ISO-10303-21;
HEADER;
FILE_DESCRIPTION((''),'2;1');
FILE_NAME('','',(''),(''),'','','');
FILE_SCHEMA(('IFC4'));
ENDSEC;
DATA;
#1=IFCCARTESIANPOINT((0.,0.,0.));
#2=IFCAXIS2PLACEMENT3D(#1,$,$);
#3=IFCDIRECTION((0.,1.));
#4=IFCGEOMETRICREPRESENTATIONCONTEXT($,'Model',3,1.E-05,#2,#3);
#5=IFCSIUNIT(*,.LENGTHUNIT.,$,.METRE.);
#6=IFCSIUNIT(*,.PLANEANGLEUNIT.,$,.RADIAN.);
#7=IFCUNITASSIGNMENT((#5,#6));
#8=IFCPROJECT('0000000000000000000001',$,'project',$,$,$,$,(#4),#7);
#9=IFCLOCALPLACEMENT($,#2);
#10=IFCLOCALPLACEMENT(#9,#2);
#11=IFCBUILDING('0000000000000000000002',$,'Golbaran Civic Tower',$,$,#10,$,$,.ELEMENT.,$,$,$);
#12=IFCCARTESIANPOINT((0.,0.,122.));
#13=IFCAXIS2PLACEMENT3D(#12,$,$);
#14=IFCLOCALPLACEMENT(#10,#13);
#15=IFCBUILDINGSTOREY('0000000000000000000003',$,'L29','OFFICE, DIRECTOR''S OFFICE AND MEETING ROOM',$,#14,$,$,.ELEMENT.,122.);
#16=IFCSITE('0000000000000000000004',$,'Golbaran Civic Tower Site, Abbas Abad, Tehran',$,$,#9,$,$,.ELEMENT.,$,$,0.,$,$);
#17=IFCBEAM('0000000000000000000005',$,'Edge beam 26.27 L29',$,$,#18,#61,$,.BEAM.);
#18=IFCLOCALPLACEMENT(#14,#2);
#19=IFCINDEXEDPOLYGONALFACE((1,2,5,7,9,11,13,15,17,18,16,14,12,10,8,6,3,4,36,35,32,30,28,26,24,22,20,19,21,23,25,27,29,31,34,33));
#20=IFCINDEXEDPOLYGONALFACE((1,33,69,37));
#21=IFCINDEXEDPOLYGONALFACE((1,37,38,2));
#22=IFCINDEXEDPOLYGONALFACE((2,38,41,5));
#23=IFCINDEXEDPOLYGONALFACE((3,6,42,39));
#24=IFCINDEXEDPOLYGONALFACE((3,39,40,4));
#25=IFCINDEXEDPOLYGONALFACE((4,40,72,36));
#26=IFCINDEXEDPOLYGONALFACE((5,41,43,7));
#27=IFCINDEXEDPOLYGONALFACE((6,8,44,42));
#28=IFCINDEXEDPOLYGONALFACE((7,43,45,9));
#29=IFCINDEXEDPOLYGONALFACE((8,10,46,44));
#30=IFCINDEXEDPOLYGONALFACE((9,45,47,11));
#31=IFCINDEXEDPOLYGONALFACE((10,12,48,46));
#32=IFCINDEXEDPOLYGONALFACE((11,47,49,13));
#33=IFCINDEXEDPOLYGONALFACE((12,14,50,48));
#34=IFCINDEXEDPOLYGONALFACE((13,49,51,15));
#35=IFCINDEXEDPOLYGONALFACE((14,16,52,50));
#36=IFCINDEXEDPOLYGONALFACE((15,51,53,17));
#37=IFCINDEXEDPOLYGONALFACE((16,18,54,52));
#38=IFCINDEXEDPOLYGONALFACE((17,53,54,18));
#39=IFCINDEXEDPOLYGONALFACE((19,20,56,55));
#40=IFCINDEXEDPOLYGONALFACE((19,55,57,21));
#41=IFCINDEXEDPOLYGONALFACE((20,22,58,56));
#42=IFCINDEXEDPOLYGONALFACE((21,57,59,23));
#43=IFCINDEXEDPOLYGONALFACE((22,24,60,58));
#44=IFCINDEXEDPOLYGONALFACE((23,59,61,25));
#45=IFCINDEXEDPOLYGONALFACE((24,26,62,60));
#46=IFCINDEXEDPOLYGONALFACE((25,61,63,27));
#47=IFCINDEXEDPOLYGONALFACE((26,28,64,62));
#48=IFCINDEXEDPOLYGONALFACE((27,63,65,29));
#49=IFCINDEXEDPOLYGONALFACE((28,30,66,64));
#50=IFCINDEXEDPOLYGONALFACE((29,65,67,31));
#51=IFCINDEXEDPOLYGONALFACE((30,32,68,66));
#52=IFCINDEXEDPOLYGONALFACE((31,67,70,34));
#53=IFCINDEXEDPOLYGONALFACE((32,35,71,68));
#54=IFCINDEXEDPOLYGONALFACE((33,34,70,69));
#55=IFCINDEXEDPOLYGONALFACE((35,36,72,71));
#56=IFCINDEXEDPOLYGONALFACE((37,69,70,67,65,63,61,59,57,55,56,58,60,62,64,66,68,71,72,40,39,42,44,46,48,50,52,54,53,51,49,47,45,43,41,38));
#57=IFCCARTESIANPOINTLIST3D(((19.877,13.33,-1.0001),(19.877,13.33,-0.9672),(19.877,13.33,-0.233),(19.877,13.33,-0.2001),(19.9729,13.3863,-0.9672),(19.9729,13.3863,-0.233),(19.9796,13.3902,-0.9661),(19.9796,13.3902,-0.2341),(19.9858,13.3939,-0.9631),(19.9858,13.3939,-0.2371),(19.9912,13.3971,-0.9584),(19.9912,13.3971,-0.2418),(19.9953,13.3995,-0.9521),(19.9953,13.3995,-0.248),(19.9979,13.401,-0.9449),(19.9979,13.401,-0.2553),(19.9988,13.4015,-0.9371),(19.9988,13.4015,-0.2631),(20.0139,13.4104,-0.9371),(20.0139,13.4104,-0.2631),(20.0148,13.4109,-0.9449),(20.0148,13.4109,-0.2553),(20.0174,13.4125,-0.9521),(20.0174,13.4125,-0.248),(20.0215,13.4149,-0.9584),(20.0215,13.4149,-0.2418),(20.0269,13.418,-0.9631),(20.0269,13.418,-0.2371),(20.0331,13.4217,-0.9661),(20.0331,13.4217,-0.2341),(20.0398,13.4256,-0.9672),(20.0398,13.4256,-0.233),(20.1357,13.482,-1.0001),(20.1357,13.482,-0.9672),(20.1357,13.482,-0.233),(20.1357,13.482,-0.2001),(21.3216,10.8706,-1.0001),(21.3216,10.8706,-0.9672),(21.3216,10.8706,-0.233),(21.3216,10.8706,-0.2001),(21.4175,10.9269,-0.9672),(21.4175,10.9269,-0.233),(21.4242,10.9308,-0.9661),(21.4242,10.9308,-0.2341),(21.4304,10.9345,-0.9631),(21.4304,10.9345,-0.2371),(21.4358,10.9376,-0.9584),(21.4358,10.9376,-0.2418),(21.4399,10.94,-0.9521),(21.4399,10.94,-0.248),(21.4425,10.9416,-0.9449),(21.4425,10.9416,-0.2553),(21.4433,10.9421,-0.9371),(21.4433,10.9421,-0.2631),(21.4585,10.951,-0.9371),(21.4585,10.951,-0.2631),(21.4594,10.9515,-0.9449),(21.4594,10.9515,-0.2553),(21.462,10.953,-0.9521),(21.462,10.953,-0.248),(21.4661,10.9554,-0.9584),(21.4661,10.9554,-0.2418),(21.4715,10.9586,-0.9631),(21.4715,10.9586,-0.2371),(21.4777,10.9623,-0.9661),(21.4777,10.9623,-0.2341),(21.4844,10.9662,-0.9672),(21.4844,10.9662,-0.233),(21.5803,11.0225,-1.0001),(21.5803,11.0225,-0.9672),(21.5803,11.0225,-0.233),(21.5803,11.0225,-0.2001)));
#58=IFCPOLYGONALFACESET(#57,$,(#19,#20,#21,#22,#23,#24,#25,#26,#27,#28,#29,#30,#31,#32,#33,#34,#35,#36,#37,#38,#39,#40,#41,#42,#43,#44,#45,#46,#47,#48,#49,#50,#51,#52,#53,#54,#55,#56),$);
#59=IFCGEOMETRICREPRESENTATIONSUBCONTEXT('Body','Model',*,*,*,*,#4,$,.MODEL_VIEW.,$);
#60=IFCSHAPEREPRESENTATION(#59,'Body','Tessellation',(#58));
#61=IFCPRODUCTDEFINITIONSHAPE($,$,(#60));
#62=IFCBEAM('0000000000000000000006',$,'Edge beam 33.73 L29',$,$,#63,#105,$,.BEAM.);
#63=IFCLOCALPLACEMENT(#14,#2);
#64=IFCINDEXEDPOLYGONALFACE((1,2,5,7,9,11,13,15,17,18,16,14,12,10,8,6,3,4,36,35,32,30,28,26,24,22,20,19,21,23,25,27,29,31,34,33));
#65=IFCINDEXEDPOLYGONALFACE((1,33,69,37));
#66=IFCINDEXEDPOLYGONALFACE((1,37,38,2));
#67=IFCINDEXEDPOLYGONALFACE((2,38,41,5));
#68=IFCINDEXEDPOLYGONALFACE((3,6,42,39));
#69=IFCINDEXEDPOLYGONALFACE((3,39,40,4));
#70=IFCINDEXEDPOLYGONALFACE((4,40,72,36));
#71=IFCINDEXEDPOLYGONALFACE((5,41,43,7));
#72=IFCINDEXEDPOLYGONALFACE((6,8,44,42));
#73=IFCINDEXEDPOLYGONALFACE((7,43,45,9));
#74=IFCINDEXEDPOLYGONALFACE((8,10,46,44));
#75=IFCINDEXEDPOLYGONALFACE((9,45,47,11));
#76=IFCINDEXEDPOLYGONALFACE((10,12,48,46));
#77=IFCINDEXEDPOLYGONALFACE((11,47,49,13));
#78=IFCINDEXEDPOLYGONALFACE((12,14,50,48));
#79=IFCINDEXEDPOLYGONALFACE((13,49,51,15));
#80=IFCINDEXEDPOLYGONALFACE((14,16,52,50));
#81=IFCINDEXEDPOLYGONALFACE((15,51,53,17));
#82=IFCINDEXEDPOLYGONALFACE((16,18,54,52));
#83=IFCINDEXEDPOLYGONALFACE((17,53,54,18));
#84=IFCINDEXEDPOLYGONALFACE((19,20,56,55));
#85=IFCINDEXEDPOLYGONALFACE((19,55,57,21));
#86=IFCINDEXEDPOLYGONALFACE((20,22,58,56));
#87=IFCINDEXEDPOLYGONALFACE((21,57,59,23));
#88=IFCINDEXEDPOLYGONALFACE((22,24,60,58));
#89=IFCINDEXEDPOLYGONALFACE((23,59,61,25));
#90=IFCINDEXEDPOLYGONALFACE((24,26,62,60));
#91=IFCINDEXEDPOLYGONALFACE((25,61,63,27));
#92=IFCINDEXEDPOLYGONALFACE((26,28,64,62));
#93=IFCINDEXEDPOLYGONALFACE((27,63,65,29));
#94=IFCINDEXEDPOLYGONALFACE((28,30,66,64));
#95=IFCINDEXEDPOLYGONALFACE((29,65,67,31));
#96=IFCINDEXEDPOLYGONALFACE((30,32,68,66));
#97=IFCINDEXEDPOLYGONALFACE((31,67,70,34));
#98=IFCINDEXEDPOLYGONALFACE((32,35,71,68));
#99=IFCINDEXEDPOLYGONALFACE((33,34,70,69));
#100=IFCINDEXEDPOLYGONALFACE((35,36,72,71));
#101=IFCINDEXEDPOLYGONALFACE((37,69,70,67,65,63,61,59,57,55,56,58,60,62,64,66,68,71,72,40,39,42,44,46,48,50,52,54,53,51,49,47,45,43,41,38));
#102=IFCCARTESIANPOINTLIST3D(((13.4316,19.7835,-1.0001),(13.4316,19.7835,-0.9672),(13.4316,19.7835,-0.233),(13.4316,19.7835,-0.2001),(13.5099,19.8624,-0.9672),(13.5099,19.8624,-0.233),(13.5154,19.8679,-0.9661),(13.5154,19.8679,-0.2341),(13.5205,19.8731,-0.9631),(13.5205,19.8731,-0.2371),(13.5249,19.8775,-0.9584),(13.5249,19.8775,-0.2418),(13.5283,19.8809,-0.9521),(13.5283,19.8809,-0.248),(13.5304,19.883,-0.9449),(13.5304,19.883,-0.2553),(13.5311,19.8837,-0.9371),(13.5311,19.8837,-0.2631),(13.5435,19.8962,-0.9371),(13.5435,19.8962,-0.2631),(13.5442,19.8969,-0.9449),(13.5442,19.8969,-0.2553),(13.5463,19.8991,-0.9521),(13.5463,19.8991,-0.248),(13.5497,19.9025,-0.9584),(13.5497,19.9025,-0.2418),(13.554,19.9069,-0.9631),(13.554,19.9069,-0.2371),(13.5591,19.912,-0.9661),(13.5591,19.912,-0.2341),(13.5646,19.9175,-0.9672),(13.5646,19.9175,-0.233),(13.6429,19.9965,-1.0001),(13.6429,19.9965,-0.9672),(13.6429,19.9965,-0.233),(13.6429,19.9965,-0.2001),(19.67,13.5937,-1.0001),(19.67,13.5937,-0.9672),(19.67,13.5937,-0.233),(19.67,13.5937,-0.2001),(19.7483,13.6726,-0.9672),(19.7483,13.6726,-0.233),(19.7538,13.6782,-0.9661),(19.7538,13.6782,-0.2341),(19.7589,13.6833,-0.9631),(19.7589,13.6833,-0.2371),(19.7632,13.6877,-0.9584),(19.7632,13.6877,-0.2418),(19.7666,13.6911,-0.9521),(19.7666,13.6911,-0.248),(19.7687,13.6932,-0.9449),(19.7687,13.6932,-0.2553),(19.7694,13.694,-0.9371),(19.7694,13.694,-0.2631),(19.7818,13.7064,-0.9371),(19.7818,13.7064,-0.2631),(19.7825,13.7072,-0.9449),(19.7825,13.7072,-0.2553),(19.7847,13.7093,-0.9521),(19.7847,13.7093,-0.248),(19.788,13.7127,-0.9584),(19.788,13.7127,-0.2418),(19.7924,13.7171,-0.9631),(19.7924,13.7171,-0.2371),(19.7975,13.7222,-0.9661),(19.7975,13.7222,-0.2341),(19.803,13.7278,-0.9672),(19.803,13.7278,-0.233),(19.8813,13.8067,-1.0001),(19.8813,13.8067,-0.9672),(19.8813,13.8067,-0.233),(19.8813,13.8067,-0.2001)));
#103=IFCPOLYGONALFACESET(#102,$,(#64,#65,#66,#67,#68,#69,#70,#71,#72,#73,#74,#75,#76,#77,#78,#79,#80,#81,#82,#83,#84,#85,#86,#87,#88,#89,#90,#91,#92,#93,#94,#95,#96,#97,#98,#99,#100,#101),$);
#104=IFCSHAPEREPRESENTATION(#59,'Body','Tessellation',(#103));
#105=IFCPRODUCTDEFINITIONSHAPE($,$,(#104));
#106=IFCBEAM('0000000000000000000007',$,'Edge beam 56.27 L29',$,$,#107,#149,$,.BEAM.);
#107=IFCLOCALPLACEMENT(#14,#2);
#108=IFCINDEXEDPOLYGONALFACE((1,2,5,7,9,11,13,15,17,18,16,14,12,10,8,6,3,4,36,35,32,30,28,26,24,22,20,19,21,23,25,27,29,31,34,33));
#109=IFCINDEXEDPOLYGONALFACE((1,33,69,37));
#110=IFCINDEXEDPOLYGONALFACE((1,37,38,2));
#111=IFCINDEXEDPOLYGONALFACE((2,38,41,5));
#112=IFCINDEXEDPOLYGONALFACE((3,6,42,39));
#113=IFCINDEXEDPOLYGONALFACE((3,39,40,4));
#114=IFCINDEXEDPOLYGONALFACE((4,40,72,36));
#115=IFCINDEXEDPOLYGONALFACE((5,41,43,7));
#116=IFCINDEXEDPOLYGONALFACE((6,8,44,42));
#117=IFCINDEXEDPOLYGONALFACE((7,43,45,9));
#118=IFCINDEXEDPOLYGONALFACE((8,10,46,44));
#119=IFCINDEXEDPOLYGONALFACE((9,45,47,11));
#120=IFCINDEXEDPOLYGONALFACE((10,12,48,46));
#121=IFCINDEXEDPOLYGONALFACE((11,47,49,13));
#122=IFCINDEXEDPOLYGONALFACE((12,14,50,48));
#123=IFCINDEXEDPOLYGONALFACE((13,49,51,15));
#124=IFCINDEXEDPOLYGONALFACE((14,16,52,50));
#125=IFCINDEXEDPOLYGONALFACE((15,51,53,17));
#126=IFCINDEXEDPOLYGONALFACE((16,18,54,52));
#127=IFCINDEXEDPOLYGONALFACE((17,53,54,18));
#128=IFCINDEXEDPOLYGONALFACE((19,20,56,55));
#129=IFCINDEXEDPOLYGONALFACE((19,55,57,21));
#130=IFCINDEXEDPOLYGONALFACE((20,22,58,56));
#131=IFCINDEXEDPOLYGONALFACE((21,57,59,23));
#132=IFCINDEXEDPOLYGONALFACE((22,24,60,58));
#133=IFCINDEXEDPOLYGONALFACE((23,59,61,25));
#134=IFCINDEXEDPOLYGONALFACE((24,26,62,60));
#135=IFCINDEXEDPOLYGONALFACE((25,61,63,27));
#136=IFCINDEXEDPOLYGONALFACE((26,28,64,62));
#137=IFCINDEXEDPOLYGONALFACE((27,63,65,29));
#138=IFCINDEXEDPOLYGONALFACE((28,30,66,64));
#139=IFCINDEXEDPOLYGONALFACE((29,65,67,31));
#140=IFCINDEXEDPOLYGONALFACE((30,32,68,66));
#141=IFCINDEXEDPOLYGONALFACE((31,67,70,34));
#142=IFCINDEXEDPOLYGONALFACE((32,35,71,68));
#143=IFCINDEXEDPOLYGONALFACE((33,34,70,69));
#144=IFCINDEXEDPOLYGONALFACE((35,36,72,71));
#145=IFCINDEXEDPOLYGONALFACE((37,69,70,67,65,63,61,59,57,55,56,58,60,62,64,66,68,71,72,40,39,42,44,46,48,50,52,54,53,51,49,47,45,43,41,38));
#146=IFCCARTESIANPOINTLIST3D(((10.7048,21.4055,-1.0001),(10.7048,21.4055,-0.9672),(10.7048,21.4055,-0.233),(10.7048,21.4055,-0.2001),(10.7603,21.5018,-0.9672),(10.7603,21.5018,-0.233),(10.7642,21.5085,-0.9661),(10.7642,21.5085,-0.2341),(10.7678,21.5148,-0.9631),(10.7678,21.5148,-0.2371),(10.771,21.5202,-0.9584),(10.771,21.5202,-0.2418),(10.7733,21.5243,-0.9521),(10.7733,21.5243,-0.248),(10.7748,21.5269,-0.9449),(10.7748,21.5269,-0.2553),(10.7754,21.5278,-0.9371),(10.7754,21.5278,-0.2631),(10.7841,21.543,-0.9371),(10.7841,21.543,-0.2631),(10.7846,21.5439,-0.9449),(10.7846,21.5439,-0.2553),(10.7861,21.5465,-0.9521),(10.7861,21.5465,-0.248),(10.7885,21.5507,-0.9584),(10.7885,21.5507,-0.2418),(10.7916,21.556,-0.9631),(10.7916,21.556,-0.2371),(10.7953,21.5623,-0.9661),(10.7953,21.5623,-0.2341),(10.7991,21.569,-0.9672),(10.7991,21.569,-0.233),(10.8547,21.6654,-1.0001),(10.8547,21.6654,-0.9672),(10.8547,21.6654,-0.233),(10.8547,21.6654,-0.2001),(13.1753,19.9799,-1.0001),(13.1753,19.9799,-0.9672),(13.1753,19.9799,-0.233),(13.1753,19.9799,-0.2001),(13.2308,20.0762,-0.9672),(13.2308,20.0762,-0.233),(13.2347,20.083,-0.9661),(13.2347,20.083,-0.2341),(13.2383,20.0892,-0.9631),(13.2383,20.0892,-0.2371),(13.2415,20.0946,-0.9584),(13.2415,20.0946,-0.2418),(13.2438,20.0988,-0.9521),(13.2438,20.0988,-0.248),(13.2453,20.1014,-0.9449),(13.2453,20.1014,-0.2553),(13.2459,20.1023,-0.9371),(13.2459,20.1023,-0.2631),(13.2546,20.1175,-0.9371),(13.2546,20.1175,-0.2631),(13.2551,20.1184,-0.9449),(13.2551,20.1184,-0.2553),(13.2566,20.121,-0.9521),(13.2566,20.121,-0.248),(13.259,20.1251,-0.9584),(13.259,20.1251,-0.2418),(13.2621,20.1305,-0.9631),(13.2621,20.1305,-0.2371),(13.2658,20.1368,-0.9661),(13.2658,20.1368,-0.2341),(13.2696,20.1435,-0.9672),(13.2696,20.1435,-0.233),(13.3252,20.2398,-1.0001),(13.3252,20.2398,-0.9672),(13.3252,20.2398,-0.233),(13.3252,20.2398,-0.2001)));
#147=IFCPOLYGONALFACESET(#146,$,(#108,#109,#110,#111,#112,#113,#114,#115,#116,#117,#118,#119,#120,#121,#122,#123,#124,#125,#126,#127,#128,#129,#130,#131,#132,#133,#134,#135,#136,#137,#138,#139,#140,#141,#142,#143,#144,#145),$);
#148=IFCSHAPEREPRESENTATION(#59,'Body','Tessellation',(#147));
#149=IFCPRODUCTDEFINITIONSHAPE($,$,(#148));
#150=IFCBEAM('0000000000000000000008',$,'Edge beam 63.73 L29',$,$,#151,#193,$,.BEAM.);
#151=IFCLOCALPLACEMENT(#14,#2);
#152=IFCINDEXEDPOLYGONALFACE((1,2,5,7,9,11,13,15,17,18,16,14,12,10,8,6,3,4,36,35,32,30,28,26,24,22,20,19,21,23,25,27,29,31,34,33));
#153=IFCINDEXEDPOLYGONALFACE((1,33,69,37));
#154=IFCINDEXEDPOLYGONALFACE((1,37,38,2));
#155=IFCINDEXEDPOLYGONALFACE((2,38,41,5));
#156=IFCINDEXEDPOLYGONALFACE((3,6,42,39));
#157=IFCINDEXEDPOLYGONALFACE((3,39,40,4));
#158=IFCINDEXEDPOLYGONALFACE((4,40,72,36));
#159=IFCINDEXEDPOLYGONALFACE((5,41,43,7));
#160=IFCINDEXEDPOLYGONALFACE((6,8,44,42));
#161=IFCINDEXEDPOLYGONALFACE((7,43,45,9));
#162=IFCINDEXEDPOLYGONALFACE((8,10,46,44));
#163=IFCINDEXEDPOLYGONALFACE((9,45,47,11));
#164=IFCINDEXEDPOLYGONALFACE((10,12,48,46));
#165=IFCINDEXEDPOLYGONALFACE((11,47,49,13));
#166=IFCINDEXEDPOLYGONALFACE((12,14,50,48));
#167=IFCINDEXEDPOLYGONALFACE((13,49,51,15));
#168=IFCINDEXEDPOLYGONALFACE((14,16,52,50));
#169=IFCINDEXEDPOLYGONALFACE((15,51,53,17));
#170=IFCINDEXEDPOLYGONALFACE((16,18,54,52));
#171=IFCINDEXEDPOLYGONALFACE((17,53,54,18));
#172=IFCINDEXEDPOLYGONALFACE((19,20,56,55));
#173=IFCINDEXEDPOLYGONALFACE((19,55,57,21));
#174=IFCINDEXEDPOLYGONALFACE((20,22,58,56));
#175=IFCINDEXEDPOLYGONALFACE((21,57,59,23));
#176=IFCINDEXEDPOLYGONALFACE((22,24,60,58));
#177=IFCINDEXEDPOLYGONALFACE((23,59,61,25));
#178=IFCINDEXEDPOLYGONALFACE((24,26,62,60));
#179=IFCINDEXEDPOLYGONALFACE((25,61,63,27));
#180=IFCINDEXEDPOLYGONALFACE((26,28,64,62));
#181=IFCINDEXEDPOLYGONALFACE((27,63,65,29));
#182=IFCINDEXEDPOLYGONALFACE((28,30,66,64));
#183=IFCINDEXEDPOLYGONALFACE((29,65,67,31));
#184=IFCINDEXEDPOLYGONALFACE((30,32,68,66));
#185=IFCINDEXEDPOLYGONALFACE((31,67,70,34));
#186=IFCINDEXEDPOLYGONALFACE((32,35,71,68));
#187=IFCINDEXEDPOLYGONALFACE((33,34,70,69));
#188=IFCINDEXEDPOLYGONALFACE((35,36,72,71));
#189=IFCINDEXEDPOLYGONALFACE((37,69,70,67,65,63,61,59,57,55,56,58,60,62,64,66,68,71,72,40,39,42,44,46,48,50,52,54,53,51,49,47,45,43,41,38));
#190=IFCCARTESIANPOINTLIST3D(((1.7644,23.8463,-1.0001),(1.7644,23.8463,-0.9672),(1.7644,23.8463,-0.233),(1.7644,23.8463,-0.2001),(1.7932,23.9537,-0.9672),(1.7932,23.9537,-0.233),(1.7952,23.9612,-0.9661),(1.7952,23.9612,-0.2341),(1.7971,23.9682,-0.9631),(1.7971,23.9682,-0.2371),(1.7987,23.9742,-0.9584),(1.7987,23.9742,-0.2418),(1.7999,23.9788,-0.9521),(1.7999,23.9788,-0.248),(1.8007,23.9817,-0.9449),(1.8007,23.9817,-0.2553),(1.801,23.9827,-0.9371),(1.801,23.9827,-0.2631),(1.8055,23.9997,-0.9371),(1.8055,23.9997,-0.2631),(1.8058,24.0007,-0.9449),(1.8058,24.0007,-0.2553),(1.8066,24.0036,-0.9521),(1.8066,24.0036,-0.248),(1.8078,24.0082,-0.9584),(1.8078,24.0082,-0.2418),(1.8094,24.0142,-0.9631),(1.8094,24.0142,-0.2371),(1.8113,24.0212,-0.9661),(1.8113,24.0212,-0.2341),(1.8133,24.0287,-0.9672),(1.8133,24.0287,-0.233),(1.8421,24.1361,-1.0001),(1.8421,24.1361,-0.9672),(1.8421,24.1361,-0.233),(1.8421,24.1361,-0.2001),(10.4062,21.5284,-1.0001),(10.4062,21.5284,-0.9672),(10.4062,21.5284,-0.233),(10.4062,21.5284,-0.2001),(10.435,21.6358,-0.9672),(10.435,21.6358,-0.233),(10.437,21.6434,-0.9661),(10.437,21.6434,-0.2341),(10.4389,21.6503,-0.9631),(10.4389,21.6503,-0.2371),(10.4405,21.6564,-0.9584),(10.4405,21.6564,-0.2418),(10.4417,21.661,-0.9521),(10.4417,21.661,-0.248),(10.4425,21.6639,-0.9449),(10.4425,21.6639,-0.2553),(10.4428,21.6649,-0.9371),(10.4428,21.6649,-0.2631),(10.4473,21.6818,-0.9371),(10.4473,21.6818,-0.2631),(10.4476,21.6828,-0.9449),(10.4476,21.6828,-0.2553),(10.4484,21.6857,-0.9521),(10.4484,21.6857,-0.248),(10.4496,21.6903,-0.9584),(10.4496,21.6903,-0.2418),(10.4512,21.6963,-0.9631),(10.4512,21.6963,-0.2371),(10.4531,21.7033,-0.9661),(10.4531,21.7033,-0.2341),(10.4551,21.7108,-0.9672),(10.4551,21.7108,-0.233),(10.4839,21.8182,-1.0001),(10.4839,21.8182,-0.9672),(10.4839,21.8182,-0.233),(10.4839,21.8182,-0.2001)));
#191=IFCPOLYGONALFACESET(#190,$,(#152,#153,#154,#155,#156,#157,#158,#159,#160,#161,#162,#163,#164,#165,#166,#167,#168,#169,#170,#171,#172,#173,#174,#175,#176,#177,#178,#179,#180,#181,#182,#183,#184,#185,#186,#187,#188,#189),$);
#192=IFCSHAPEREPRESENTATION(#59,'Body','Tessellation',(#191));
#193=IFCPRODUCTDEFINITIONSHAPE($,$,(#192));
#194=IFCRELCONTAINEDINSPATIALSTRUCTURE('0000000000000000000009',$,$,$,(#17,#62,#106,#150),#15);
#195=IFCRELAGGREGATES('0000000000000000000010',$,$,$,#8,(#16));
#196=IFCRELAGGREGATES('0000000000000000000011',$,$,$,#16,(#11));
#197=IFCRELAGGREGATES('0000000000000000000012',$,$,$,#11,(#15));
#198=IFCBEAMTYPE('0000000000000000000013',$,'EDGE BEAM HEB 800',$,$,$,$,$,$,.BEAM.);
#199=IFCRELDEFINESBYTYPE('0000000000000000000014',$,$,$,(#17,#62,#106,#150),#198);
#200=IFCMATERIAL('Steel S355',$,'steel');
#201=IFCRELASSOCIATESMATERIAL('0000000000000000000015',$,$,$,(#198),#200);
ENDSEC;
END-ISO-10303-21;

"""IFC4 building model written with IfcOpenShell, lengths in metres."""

from ifc_helpers import new_model, si_unit, direction, frame, origin, origin_2d, place, context, subcontext, project, spatial, i_section, extrude, material, material_profile, profile_set, type_object, element, save


model = new_model("IFC4")

# Units and contexts
model_context = context("Model", 3, precision=1e-05, world=origin(), true_north=direction((0.0, 1.0)))
body_context = subcontext(model_context, "Body", "Model", "MODEL_VIEW")
ifc_project = project(units=[si_unit("LENGTHUNIT", "METRE"), si_unit("PLANEANGLEUNIT", "RADIAN")], contexts=[model_context])

# Site, building, storey
site_placement = place(None, origin())
site = spatial("IfcSite", under=ifc_project, at=site_placement, Name="Golbaran Civic Tower Site, Abbas Abad, Tehran", CompositionType="ELEMENT", RefElevation=0.0)
building_placement = place(site_placement, origin())
building = spatial("IfcBuilding", under=site, at=building_placement, Name="Golbaran Civic Tower", CompositionType="ELEMENT")
storey_placement = place(building_placement, frame((0.0, 0.0, 122.0)))
storey = spatial("IfcBuildingStorey", under=building, at=storey_placement, Name="L29", Description="OFFICE, DIRECTOR'S OFFICE AND MEETING ROOM", CompositionType="ELEMENT", Elevation=122.0)

# Beams
ifc_material_1 = material(Name="Steel S355", Category="steel")
ifc_material_profile_1 = material_profile(ifc_material_1, i_section(OverallWidth=0.3, OverallDepth=0.8, WebThickness=0.0176, FlangeThickness=0.033, FilletRadius=0.03, at=origin_2d()), Name="HEB 800")
ifc_profile_set_1 = profile_set([ifc_material_profile_1], Name="Steel S355")
beam_type_1 = type_object("IfcBeamType", Name="EDGE BEAM HEB 800", PredefinedType="BEAM", material=ifc_profile_set_1)
beam_1_placement = place(storey_placement, frame((21.4509, 10.9465, -0.6001), z_axis=(-0.506455, 0.862266, 0.0), x_axis=(-0.862266, -0.506455, 0.0)))
element("IfcBeam", 1, at=beam_1_placement, inside=storey, type_object=beam_type_1, Name="Edge beam 26.27 L29", PredefinedType="BEAM", context=body_context, shape_type="SweptSolid", body=[
    extrude(i_section(OverallWidth=0.3, OverallDepth=0.8, WebThickness=0.0176, FlangeThickness=0.033, FilletRadius=0.03, at=origin_2d()), origin(), (0.0, 0.0, 1.0), 2.8523),
])
beam_2_placement = place(storey_placement, frame((19.7756, 13.7002, -0.6001), z_axis=(-0.709866, 0.704337, 0.0), x_axis=(-0.704337, -0.709866, 0.0)))
element("IfcBeam", 2, at=beam_2_placement, inside=storey, type_object=beam_type_1, Name="Edge beam 33.73 L29", PredefinedType="BEAM", context=body_context, shape_type="SweptSolid", body=[
    extrude(i_section(OverallWidth=0.3, OverallDepth=0.8, WebThickness=0.0176, FlangeThickness=0.033, FilletRadius=0.03, at=origin_2d()), origin(), (0.0, 0.0, 1.0), 8.7881),
])
beam_3_placement = place(storey_placement, frame((13.2502, 20.1099, -0.6001), z_axis=(-0.866144, 0.499794, 0.0), x_axis=(-0.499794, -0.866144, 0.0)))
element("IfcBeam", 3, at=beam_3_placement, inside=storey, type_object=beam_type_1, Name="Edge beam 56.27 L29", PredefinedType="BEAM", context=body_context, shape_type="SweptSolid", body=[
    extrude(i_section(OverallWidth=0.3, OverallDepth=0.8, WebThickness=0.0176, FlangeThickness=0.033, FilletRadius=0.03, at=origin_2d()), origin(), (0.0, 0.0, 1.0), 2.8523),
])
beam_4_placement = place(storey_placement, frame((10.4451, 21.6733, -0.6001), z_axis=(-0.965862, 0.259058, 0.0), x_axis=(-0.259058, -0.965862, 0.0)))
element("IfcBeam", 4, at=beam_4_placement, inside=storey, type_object=beam_type_1, Name="Edge beam 63.73 L29", PredefinedType="BEAM", context=body_context, shape_type="SweptSolid", body=[
    extrude(i_section(OverallWidth=0.3, OverallDepth=0.8, WebThickness=0.0176, FlangeThickness=0.033, FilletRadius=0.03, at=origin_2d()), origin(), (0.0, 0.0, 1.0), 8.9473),
])

save(model, "model.ifc")
